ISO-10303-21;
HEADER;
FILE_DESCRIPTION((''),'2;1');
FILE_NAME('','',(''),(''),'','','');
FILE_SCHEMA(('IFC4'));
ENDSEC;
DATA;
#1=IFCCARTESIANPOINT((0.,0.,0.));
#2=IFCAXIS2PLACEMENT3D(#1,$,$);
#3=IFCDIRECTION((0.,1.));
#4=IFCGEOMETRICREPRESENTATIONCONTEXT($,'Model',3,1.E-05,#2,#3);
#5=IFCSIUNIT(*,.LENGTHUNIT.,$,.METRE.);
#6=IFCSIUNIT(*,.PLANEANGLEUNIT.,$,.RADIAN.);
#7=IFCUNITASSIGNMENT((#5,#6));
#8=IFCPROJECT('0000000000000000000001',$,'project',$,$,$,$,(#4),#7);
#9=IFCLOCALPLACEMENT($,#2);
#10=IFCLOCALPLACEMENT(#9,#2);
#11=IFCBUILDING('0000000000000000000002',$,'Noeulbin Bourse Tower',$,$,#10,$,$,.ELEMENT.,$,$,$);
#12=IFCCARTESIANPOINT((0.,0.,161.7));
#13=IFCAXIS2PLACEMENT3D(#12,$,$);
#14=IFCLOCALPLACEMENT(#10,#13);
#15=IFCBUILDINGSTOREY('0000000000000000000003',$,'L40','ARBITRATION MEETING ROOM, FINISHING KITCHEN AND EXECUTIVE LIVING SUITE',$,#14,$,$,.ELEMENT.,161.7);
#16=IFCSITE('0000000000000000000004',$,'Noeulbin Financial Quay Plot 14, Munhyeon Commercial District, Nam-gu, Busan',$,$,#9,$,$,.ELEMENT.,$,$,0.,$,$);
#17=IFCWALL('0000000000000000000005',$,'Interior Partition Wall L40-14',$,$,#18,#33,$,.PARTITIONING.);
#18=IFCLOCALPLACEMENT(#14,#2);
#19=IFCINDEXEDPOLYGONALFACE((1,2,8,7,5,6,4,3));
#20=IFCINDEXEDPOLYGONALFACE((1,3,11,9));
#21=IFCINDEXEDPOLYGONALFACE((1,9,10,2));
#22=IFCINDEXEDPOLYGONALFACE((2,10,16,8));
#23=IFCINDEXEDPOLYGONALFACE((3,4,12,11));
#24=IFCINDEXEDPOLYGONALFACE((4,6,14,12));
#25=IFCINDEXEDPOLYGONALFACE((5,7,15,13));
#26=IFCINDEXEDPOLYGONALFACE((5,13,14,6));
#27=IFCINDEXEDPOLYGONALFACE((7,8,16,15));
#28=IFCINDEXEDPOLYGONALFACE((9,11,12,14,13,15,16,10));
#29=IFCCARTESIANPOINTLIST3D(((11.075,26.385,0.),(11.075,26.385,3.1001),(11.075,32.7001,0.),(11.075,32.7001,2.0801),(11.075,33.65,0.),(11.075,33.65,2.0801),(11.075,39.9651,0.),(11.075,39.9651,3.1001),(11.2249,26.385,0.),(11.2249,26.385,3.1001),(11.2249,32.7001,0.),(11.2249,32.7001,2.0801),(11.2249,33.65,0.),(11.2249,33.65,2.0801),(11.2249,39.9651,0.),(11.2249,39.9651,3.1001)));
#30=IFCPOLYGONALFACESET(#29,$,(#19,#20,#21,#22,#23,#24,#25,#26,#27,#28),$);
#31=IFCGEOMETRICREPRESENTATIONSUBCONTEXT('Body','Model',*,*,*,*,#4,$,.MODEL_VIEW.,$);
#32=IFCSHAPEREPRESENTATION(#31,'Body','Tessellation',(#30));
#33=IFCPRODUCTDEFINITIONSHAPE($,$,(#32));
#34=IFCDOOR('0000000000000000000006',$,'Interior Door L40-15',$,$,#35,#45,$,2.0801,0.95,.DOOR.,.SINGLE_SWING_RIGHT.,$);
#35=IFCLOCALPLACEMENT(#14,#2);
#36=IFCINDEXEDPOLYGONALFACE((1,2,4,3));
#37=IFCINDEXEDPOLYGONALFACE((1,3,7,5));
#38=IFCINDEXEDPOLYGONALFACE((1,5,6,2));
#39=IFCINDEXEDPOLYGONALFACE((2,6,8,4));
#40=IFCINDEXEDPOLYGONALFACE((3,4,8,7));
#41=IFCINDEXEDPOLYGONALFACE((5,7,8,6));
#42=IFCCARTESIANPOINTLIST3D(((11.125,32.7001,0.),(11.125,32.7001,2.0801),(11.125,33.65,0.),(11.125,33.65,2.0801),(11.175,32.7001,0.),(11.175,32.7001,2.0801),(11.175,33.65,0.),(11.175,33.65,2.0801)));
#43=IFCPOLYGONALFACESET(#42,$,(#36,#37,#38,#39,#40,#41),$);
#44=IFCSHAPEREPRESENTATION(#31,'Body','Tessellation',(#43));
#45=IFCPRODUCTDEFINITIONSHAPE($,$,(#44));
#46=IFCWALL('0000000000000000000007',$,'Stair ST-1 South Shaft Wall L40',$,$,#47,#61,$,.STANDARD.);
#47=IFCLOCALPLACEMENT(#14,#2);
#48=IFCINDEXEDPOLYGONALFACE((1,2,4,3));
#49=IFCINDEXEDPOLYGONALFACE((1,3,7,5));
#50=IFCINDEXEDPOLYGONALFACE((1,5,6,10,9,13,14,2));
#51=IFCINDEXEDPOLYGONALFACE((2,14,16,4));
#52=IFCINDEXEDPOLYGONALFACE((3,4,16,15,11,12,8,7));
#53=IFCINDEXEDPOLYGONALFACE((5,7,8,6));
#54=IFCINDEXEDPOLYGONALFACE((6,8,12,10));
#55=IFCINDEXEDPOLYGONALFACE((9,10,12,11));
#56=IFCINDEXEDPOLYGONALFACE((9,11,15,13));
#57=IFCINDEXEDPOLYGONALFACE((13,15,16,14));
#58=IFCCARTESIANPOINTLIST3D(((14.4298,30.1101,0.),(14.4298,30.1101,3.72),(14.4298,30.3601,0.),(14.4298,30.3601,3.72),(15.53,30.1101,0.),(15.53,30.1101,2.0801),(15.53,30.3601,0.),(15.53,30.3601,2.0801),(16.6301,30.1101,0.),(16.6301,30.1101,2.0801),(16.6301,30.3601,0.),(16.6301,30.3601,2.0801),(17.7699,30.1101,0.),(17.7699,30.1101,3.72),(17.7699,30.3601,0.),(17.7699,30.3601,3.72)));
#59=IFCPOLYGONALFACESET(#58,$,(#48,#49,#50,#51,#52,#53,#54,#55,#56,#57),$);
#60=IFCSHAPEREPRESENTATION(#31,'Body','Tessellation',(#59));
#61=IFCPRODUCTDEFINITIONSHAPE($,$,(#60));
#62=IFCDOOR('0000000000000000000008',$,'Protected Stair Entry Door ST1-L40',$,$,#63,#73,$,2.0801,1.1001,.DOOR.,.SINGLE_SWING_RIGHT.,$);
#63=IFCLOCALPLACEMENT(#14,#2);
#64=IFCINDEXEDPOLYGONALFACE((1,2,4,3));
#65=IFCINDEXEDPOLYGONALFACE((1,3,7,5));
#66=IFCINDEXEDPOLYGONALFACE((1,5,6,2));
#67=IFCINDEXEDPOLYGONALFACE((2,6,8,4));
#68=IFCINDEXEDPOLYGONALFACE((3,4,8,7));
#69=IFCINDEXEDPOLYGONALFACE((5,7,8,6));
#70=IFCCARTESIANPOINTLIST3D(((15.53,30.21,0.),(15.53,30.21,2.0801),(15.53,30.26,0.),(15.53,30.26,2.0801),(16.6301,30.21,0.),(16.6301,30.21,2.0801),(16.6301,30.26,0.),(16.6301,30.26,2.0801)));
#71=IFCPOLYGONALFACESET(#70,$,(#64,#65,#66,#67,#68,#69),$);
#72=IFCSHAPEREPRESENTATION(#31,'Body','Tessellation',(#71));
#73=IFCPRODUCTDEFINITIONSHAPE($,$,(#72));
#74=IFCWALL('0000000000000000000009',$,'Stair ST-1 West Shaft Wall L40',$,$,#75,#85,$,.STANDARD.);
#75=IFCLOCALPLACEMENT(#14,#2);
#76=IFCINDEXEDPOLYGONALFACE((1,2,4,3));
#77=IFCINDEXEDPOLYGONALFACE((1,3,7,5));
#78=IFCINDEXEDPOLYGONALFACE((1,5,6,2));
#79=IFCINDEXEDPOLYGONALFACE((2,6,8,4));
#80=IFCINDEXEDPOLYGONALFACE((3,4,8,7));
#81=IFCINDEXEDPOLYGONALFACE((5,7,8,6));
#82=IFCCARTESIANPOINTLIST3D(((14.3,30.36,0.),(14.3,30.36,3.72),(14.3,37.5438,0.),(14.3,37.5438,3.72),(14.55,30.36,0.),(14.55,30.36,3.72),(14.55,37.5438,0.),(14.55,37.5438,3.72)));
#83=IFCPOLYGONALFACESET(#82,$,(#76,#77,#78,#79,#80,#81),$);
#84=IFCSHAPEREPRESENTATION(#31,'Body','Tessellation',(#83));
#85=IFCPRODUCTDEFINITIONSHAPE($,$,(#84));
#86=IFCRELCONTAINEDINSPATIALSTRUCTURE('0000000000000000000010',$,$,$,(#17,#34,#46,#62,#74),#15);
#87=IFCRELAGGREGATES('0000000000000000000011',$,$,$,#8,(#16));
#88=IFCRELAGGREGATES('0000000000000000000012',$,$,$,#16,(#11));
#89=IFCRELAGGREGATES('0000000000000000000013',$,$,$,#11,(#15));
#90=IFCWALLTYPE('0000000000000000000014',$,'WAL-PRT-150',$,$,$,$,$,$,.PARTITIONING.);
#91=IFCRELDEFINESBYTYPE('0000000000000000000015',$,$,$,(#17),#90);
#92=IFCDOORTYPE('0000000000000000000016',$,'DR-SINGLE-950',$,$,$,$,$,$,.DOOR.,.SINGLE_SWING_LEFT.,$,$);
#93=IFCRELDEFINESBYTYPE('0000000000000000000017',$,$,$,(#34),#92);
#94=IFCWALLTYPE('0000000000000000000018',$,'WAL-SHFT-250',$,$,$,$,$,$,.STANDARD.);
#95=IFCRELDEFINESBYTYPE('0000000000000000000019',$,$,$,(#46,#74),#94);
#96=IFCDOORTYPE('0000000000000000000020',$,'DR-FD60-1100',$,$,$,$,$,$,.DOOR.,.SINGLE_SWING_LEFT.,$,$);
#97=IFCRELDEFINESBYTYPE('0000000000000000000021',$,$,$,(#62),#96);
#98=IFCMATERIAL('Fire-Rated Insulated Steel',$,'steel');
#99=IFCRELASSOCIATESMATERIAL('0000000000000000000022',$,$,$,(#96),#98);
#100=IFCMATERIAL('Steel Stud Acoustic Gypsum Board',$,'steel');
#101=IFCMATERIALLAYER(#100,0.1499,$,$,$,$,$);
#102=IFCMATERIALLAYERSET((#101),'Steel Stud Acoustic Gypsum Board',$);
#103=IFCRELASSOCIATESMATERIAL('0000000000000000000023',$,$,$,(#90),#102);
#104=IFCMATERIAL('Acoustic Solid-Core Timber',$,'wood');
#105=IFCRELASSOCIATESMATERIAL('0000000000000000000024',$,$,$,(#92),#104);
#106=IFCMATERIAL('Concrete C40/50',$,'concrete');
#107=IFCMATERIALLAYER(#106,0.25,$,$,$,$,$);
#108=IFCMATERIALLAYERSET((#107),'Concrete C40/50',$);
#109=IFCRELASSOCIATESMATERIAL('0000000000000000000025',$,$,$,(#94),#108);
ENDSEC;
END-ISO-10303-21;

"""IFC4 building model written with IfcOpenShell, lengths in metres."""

from ifc_helpers import new_model, si_unit, direction, frame, frame_2d, origin, place, context, subcontext, project, spatial, rectangle, extrude, material, layer, layer_set, type_object, element, fill, save


model = new_model("IFC4")

# Units and contexts
model_context = context("Model", 3, precision=1e-05, world=origin(), true_north=direction((0.0, 1.0)))
body_context = subcontext(model_context, "Body", "Model", "MODEL_VIEW")
ifc_project = project(units=[si_unit("LENGTHUNIT", "METRE"), si_unit("PLANEANGLEUNIT", "RADIAN")], contexts=[model_context])

# Site, building, storey
site_placement = place(None, origin())
site = spatial("IfcSite", under=ifc_project, at=site_placement, Name="Noeulbin Financial Quay Plot 14, Munhyeon Commercial District, Nam-gu, Busan", CompositionType="ELEMENT", RefElevation=0.0)
building_placement = place(site_placement, origin())
building = spatial("IfcBuilding", under=site, at=building_placement, Name="Noeulbin Bourse Tower", CompositionType="ELEMENT")
storey_placement = place(building_placement, frame((0.0, 0.0, 161.7)))
storey = spatial("IfcBuildingStorey", under=building, at=storey_placement, Name="L40", Description="ARBITRATION MEETING ROOM, FINISHING KITCHEN AND EXECUTIVE LIVING SUITE", CompositionType="ELEMENT", Elevation=161.7)

# Shared definitions
ifc_material_1 = material(Name="Fire-Rated Insulated Steel", Category="steel")
door_type_1 = type_object("IfcDoorType", Name="DR-FD60-1100", OperationType="SINGLE_SWING_LEFT", PredefinedType="DOOR", material=ifc_material_1)

# Walls, openings, doors
ifc_material_2 = material(Name="Steel Stud Acoustic Gypsum Board", Category="steel")
ifc_layer_1 = layer(ifc_material_2, 0.1499)
ifc_layer_set_1 = layer_set([ifc_layer_1], Name="Steel Stud Acoustic Gypsum Board")
wall_type_1 = type_object("IfcWallType", Name="WAL-PRT-150", PredefinedType="PARTITIONING", material=ifc_layer_set_1)
wall_1_placement = place(storey_placement, frame((11.1499, 26.385, 0.0), z_axis=(0.0, 0.0, 1.0), x_axis=(0.0, 1.0, 0.0)))
wall_1 = element("IfcWall", 1, at=wall_1_placement, inside=storey, type_object=wall_type_1, Name="Interior Partition Wall L40-14", PredefinedType="PARTITIONING", context=body_context, shape_type="SweptSolid", body=[
    extrude(rectangle(XDim=13.5801, YDim=0.1499, at=frame_2d((6.79, 0.0))), origin(), (0.0, 0.0, 1.0), 3.1001),
])
opening_1_placement = place(wall_1_placement, frame((6.3149, 0.0, 0.0)))
opening_1 = element("IfcOpeningElement", 2, at=opening_1_placement, cuts=wall_1, PredefinedType="OPENING", context=body_context, shape_type="SweptSolid", body=[
    extrude(rectangle(XDim=0.95, YDim=2.0801, at=frame_2d((0.4751, 1.04))), frame((0.0, 0.085, 0.0), z_axis=(0.0, -1.0, 0.0), x_axis=(1.0, 0.0, 0.0)), (0.0, 0.0, 1.0), 0.1699),
])
ifc_material_3 = material(Name="Acoustic Solid-Core Timber", Category="wood")
door_type_2 = type_object("IfcDoorType", Name="DR-SINGLE-950", OperationType="SINGLE_SWING_LEFT", PredefinedType="DOOR", material=ifc_material_3)
door_1_placement = place(opening_1_placement, origin())
door_1 = element("IfcDoor", 3, at=door_1_placement, inside=storey, type_object=door_type_2, Name="Interior Door L40-15", OperationType="SINGLE_SWING_RIGHT", OverallHeight=2.0801, OverallWidth=0.95, PredefinedType="DOOR", context=body_context, shape_type="SweptSolid", body=[
    extrude(rectangle(XDim=0.95, YDim=2.0801, at=frame_2d((0.4751, 1.04))), frame((0.0, 0.0249, 0.0), z_axis=(0.0, -1.0, 0.0), x_axis=(1.0, 0.0, 0.0)), (0.0, 0.0, 1.0), 0.05),
])
fill(opening_1, door_1)
ifc_material_4 = material(Name="Concrete C40/50", Category="concrete")
ifc_layer_2 = layer(ifc_material_4, 0.25)
ifc_layer_set_2 = layer_set([ifc_layer_2], Name="Concrete C40/50")
wall_type_2 = type_object("IfcWallType", Name="WAL-SHFT-250", PredefinedType="STANDARD", material=ifc_layer_set_2)
wall_2_placement = place(storey_placement, frame((14.4299, 30.2351, 0.0), z_axis=(0.0, 0.0, 1.0), x_axis=(1.0, 0.0, 0.0)))
wall_2 = element("IfcWall", 4, at=wall_2_placement, inside=storey, type_object=wall_type_2, Name="Stair ST-1 South Shaft Wall L40", PredefinedType="STANDARD", context=body_context, shape_type="SweptSolid", body=[
    extrude(rectangle(XDim=3.3401, YDim=0.25, at=frame_2d((1.6699, 0.0))), origin(), (0.0, 0.0, 1.0), 3.72),
])
opening_2_placement = place(wall_2_placement, frame((1.1001, 0.0, 0.0)))
opening_2 = element("IfcOpeningElement", 5, at=opening_2_placement, cuts=wall_2, PredefinedType="OPENING", context=body_context, shape_type="SweptSolid", body=[
    extrude(rectangle(XDim=1.1001, YDim=2.0801, at=frame_2d((0.55, 1.04))), frame((0.0, 0.135, 0.0), z_axis=(0.0, -1.0, 0.0), x_axis=(1.0, 0.0, 0.0)), (0.0, 0.0, 1.0), 0.27),
])
door_2_placement = place(opening_2_placement, origin())
door_2 = element("IfcDoor", 6, at=door_2_placement, inside=storey, type_object=door_type_1, Name="Protected Stair Entry Door ST1-L40", OperationType="SINGLE_SWING_RIGHT", OverallHeight=2.0801, OverallWidth=1.1001, PredefinedType="DOOR", context=body_context, shape_type="SweptSolid", body=[
    extrude(rectangle(XDim=1.1001, YDim=2.0801, at=frame_2d((0.55, 1.04))), frame((0.0, 0.0249, 0.0), z_axis=(0.0, -1.0, 0.0), x_axis=(1.0, 0.0, 0.0)), (0.0, 0.0, 1.0), 0.05),
])
fill(opening_2, door_2)

# Wall
wall_3_placement = place(storey_placement, frame((14.425, 30.3601, 0.0), z_axis=(0.0, 0.0, 1.0), x_axis=(0.0, 1.0, 0.0)))
element("IfcWall", 7, at=wall_3_placement, inside=storey, type_object=wall_type_2, Name="Stair ST-1 West Shaft Wall L40", PredefinedType="STANDARD", context=body_context, shape_type="SweptSolid", body=[
    extrude(rectangle(XDim=7.1838, YDim=0.25, at=frame_2d((3.5918, 0.0))), origin(), (0.0, 0.0, 1.0), 3.72),
])

save(model, "model.ifc")
